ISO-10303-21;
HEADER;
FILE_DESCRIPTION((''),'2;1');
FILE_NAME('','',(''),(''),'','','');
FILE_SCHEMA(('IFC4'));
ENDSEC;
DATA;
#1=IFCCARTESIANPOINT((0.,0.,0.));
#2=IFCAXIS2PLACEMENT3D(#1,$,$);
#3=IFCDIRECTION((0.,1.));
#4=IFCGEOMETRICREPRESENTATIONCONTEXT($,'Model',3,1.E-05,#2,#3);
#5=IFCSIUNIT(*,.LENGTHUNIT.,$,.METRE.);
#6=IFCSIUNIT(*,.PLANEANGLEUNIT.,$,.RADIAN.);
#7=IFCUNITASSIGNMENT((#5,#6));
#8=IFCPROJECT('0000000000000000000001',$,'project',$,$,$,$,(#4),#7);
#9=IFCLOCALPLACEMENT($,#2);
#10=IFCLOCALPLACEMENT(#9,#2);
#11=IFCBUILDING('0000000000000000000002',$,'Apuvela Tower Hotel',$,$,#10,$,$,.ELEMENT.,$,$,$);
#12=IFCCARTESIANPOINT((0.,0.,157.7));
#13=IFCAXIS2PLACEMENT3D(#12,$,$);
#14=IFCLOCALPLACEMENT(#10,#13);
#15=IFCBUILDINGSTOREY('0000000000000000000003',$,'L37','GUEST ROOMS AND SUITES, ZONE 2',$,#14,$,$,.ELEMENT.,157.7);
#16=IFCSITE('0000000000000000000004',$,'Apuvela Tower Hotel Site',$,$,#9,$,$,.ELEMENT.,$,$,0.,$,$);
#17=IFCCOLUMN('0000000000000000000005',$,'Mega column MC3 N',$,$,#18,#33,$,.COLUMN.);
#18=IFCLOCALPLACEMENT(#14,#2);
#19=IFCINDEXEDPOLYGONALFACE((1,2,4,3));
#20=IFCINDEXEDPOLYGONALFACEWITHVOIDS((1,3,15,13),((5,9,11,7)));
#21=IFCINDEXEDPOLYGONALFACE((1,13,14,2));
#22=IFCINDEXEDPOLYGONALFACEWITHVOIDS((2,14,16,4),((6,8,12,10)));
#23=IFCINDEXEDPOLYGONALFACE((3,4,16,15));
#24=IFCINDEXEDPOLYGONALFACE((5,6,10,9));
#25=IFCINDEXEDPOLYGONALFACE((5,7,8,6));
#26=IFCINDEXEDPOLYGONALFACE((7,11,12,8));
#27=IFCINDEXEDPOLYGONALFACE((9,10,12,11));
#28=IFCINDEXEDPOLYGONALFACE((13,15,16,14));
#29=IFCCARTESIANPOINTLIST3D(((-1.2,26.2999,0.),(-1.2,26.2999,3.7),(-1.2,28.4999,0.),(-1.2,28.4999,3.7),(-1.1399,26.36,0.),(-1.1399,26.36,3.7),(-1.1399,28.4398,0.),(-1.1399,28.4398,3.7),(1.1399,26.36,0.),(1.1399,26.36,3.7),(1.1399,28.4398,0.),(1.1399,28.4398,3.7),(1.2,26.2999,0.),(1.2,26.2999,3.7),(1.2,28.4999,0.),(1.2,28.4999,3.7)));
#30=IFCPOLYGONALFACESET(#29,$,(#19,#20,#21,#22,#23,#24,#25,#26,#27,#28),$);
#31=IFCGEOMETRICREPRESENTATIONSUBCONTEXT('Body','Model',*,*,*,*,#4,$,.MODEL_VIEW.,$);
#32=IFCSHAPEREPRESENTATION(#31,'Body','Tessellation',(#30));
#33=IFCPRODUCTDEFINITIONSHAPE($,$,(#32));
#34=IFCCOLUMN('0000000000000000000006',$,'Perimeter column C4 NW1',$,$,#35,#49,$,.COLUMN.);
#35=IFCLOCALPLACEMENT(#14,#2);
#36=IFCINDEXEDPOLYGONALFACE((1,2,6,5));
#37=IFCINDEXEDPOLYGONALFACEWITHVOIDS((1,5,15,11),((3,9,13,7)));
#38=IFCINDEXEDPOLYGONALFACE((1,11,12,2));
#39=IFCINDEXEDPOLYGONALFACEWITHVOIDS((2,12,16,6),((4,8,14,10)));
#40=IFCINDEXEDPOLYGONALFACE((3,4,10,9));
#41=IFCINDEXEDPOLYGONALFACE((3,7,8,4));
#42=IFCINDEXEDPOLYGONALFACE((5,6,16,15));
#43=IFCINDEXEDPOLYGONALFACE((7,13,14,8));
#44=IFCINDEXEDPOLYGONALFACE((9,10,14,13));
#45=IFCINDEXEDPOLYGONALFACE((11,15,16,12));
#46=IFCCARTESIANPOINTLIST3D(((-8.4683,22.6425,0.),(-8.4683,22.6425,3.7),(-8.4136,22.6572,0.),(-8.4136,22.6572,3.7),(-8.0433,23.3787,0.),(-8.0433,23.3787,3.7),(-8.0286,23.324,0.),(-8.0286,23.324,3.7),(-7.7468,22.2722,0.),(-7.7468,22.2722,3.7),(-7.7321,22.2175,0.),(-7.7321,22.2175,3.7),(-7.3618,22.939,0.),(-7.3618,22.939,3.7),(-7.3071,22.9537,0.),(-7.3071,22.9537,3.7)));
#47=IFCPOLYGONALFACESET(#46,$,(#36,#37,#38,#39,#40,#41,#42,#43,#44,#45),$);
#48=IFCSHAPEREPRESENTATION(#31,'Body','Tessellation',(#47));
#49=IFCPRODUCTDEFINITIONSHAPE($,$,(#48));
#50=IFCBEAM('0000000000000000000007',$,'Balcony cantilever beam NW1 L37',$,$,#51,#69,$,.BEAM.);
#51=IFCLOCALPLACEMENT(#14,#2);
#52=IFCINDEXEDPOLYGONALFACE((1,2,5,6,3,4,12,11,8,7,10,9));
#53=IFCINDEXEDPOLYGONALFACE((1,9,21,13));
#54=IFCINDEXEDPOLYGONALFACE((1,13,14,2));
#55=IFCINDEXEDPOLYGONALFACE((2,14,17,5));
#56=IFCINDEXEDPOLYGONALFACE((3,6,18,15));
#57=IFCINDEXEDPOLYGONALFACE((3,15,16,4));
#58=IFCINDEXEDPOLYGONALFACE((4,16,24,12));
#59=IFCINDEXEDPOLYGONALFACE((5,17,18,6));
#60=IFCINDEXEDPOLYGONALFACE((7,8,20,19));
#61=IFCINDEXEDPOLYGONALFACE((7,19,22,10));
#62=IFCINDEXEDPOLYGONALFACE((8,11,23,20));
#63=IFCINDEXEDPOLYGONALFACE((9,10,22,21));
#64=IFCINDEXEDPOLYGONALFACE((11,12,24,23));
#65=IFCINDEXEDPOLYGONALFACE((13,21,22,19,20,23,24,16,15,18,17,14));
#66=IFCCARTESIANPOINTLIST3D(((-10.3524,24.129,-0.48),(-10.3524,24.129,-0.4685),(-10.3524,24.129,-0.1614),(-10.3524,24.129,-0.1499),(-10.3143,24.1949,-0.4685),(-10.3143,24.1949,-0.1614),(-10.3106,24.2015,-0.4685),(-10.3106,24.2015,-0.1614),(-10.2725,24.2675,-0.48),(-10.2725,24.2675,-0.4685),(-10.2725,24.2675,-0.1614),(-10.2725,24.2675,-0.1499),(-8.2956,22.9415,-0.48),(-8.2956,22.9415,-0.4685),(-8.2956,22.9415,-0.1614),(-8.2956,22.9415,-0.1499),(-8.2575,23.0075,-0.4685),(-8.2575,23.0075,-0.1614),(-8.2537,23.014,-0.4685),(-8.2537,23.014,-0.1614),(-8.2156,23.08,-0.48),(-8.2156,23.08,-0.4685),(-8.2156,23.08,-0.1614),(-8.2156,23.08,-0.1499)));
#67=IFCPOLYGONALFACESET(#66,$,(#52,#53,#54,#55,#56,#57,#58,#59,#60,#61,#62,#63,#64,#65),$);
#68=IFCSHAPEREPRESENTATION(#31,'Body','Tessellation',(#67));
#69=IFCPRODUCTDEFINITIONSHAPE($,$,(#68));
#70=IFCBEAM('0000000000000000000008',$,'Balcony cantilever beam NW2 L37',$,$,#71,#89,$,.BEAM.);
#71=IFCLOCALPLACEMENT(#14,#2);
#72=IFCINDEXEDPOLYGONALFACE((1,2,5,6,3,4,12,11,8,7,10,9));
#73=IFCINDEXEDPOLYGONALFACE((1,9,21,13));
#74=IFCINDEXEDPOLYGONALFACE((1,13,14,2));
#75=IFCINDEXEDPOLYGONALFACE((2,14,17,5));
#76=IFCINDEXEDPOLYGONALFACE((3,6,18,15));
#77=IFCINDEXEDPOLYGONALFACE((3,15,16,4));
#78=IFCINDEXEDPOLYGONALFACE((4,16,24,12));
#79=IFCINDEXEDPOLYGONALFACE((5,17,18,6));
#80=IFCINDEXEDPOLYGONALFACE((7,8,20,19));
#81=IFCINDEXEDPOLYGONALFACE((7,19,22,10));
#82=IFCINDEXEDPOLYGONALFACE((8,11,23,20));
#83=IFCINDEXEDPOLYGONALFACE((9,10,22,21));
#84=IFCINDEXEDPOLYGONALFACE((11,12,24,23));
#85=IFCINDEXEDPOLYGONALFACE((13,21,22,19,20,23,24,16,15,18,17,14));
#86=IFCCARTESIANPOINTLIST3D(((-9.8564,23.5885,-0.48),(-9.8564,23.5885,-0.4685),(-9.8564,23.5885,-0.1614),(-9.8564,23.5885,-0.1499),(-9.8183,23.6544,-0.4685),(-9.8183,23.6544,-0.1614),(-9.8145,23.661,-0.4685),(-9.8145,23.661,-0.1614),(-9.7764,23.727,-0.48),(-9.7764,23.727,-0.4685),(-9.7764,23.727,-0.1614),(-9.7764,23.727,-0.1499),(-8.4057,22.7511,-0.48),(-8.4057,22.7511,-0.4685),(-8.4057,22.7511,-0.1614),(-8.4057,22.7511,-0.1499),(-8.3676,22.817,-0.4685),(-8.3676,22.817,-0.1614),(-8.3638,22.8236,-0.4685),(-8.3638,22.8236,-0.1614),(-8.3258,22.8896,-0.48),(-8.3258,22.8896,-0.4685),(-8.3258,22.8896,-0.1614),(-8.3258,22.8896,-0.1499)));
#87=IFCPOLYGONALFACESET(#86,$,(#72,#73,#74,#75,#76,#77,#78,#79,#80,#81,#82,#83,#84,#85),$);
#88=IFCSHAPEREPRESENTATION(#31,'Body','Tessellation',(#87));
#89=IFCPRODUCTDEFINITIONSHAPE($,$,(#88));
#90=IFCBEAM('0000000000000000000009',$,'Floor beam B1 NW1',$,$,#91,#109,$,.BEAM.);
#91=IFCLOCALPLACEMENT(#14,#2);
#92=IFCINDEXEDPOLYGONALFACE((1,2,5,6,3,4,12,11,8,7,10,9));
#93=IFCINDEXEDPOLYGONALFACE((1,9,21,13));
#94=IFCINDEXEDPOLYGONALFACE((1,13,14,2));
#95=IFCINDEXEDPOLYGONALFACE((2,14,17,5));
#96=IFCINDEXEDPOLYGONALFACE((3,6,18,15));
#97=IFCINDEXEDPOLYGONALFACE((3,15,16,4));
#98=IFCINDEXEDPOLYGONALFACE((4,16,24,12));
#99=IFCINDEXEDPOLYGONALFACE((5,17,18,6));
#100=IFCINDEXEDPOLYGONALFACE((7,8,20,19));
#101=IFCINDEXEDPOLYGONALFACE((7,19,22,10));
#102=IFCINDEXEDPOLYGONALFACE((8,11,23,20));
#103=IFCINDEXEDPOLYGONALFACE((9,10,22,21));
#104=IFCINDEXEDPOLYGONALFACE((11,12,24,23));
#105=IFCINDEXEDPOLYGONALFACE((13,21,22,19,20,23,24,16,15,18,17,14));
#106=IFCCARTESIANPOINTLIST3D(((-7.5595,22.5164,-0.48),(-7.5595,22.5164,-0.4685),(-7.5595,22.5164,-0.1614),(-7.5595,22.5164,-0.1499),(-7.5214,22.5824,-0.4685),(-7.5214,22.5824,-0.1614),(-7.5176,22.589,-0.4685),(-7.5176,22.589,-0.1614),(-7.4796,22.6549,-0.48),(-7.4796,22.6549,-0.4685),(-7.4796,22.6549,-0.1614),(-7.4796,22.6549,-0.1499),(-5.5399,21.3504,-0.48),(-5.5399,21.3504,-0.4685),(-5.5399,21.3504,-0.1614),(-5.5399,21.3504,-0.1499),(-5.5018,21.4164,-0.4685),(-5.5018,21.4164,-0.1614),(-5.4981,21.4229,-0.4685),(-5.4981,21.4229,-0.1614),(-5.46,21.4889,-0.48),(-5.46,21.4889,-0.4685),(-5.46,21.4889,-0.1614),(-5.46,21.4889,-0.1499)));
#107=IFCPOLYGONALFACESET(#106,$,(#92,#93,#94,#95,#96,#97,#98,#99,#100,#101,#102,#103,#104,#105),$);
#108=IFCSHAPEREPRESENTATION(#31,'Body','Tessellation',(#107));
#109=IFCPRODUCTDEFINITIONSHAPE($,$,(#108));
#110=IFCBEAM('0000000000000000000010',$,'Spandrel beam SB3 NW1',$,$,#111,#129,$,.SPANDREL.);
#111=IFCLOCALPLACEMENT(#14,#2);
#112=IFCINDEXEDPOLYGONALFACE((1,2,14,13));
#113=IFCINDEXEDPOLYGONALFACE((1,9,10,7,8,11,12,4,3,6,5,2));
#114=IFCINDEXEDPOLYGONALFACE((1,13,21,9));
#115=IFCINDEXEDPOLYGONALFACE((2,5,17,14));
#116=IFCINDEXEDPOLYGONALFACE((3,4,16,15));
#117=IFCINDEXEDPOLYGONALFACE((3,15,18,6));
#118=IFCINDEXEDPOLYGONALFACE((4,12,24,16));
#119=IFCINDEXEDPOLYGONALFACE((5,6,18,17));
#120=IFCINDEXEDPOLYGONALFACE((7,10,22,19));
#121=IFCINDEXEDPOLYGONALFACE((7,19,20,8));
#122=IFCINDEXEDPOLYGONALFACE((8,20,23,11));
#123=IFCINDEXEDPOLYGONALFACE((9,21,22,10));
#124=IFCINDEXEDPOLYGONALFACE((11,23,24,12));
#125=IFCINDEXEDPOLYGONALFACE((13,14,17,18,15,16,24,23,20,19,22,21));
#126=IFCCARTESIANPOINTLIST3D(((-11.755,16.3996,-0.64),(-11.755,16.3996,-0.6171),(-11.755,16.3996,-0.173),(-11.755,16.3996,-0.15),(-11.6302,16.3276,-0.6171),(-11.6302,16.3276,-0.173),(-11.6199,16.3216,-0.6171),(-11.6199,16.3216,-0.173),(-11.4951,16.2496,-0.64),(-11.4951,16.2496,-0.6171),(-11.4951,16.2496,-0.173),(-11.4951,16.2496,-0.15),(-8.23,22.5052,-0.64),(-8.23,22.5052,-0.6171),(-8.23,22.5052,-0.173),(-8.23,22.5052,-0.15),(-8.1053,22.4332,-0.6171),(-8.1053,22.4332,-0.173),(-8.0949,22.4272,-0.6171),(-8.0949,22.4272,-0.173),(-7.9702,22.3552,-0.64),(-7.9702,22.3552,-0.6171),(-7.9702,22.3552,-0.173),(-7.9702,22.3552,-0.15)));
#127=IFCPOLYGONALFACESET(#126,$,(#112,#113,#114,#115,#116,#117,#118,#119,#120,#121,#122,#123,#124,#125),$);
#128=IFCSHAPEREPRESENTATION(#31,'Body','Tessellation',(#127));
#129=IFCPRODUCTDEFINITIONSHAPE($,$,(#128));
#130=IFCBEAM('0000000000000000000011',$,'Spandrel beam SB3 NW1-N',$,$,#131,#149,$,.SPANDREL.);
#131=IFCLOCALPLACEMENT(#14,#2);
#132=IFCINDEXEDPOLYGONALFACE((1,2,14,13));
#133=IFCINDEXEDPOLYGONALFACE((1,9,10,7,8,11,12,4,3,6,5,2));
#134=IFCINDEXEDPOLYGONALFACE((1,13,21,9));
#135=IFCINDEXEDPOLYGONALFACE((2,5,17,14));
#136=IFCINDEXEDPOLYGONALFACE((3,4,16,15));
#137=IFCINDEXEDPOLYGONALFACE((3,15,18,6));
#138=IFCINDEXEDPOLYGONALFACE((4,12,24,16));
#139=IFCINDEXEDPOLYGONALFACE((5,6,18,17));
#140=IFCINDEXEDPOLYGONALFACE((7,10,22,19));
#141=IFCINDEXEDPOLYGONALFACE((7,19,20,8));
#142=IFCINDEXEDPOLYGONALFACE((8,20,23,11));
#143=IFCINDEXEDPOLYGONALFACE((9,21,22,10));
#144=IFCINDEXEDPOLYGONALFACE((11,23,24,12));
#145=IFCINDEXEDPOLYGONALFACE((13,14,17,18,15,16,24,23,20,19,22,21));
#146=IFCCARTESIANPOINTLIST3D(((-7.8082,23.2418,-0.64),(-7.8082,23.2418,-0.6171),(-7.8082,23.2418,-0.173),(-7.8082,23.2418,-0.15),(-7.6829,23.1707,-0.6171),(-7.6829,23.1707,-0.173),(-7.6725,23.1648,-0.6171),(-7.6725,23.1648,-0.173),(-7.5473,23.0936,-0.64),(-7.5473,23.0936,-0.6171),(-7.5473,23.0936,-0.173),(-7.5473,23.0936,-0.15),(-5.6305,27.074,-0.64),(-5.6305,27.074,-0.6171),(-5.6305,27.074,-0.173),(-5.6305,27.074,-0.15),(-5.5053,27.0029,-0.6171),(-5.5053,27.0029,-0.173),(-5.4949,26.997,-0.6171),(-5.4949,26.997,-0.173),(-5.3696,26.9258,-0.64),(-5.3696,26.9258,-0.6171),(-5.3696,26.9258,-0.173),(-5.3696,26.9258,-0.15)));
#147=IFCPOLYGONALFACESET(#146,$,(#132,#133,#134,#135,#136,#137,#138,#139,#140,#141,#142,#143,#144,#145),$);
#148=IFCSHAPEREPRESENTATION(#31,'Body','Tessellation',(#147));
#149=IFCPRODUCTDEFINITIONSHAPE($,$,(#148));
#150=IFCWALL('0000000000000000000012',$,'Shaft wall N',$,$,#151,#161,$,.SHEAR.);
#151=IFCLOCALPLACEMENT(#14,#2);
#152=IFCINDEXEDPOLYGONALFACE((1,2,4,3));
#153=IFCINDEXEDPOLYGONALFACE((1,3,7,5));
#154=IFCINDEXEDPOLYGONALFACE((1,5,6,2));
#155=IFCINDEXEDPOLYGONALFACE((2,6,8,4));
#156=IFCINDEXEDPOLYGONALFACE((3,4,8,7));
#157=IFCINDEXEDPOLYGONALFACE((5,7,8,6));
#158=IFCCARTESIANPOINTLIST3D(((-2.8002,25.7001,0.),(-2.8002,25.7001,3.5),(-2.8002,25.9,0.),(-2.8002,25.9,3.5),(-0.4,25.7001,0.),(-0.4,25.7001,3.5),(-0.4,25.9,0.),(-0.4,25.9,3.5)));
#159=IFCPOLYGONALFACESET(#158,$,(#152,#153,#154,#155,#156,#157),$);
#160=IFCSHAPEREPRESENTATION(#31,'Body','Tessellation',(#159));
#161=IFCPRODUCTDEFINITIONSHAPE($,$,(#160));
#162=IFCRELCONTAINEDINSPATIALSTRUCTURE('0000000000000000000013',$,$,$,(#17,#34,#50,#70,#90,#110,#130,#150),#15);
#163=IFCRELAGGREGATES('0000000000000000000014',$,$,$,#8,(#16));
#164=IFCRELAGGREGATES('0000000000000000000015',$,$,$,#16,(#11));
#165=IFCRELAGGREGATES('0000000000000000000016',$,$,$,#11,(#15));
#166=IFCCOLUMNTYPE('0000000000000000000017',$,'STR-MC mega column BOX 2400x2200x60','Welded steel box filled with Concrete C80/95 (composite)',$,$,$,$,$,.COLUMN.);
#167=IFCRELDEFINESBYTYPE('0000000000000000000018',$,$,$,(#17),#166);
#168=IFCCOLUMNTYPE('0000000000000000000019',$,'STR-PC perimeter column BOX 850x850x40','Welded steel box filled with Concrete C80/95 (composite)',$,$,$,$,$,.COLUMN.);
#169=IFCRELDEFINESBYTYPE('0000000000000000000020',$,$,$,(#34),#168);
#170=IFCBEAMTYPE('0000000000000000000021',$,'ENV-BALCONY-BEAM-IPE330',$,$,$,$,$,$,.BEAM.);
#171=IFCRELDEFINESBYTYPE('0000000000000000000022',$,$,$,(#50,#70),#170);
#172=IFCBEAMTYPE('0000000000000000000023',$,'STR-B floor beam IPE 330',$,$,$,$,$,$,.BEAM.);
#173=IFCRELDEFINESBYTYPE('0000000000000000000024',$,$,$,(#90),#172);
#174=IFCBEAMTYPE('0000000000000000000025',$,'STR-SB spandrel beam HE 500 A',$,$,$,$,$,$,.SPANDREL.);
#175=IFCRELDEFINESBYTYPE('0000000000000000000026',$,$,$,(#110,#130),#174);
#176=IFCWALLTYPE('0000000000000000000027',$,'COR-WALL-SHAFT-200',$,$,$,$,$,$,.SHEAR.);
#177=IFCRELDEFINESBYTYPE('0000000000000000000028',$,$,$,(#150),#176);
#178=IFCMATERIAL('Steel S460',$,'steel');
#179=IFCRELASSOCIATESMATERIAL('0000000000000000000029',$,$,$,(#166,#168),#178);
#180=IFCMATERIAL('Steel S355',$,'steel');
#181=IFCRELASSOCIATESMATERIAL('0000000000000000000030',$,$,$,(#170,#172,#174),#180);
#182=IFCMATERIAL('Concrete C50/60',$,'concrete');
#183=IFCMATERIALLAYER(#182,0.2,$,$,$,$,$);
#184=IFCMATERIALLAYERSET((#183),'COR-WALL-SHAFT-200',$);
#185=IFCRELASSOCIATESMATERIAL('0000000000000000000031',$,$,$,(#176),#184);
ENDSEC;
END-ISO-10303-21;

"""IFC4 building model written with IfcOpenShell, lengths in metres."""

from ifc_helpers import new_model, si_unit, direction, frame, frame_2d, origin, origin_2d, place, context, subcontext, project, spatial, rectangle, hollow_rectangle, i_section, extrude, material, layer, layer_set, material_profile, profile_set, type_object, element, save


model = new_model("IFC4")

# Units and contexts
model_context = context("Model", 3, precision=1e-05, world=origin(), true_north=direction((0.0, 1.0)))
body_context = subcontext(model_context, "Body", "Model", "MODEL_VIEW")
ifc_project = project(units=[si_unit("LENGTHUNIT", "METRE"), si_unit("PLANEANGLEUNIT", "RADIAN")], contexts=[model_context])

# Site, building, storey
site_placement = place(None, origin())
site = spatial("IfcSite", under=ifc_project, at=site_placement, Name="Apuvela Tower Hotel Site", CompositionType="ELEMENT", RefElevation=0.0)
building_placement = place(site_placement, origin())
building = spatial("IfcBuilding", under=site, at=building_placement, Name="Apuvela Tower Hotel", CompositionType="ELEMENT")
storey_placement = place(building_placement, frame((0.0, 0.0, 157.7)))
storey = spatial("IfcBuildingStorey", under=building, at=storey_placement, Name="L37", Description="GUEST ROOMS AND SUITES, ZONE 2", CompositionType="ELEMENT", Elevation=157.7)

# Columns
ifc_material_1 = material(Name="Steel S460", Category="steel")
ifc_material_profile_1 = material_profile(ifc_material_1, hollow_rectangle(XDim=2.3999, YDim=2.2, WallThickness=0.0601, at=origin_2d()), Name="BOX 2400x2200x60")
ifc_material_2 = material(Name="Concrete C80/95", Category="concrete")
ifc_material_profile_2 = material_profile(ifc_material_2, rectangle(XDim=2.28, YDim=2.0801, at=origin_2d()), Name="Concrete C80/95 infill")
ifc_profile_set_1 = profile_set([ifc_material_profile_1, ifc_material_profile_2], Name="Steel S460")
column_type_1 = type_object("IfcColumnType", Name="STR-MC mega column BOX 2400x2200x60", Description="Welded steel box filled with Concrete C80/95 (composite)", PredefinedType="COLUMN", material=ifc_profile_set_1)
column_1_placement = place(storey_placement, frame((0.0, 27.3999, 0.0), z_axis=(0.0, 0.0, 1.0), x_axis=(1.0, 0.0, 0.0)))
element("IfcColumn", 1, at=column_1_placement, inside=storey, type_object=column_type_1, Name="Mega column MC3 N", PredefinedType="COLUMN", context=body_context, shape_type="SweptSolid", body=[
    extrude(hollow_rectangle(XDim=2.3999, YDim=2.2, WallThickness=0.0601, at=origin_2d()), origin(), (0.0, 0.0, 1.0), 3.7),
])
ifc_material_profile_3 = material_profile(ifc_material_1, hollow_rectangle(XDim=0.8501, YDim=0.8501, WallThickness=0.04, at=origin_2d()), Name="BOX 850x850x40")
ifc_material_profile_4 = material_profile(ifc_material_2, rectangle(XDim=0.77, YDim=0.77, at=origin_2d()), Name="Concrete C80/95 infill")
ifc_profile_set_2 = profile_set([ifc_material_profile_3, ifc_material_profile_4], Name="Steel S460")
column_type_2 = type_object("IfcColumnType", Name="STR-PC perimeter column BOX 850x850x40", Description="Welded steel box filled with Concrete C80/95 (composite)", PredefinedType="COLUMN", material=ifc_profile_set_2)
column_2_placement = place(storey_placement, frame((-7.8877, 22.7981, 0.0), z_axis=(0.0, 0.0, 1.0), x_axis=(0.5, 0.866025, 0.0)))
element("IfcColumn", 2, at=column_2_placement, inside=storey, type_object=column_type_2, Name="Perimeter column C4 NW1", PredefinedType="COLUMN", context=body_context, shape_type="SweptSolid", body=[
    extrude(hollow_rectangle(XDim=0.8501, YDim=0.8501, WallThickness=0.04, at=origin_2d()), origin(), (0.0, 0.0, 1.0), 3.7),
])

# Beams
ifc_material_3 = material(Name="Steel S355", Category="steel")
ifc_material_profile_5 = material_profile(ifc_material_3, i_section(OverallWidth=0.1599, OverallDepth=0.3301, WebThickness=0.0076, FlangeThickness=0.0115, at=origin_2d()), Name="IPE 330")
ifc_profile_set_3 = profile_set([ifc_material_profile_5], Name="Steel S355")
beam_type_1 = type_object("IfcBeamType", Name="ENV-BALCONY-BEAM-IPE330", PredefinedType="BEAM", material=ifc_profile_set_3)
beam_1_placement = place(storey_placement, frame((-8.2556, 23.0107, -0.3149), z_axis=(-0.866033, 0.499986, 0.0), x_axis=(-0.499986, -0.866033, 0.0)))
element("IfcBeam", 3, at=beam_1_placement, inside=storey, type_object=beam_type_1, Name="Balcony cantilever beam NW1 L37", PredefinedType="BEAM", context=body_context, shape_type="SweptSolid", body=[
    extrude(i_section(OverallWidth=0.1599, OverallDepth=0.3301, WebThickness=0.0076, FlangeThickness=0.0115, at=origin_2d()), origin(), (0.0, 0.0, 1.0), 2.375),
])
beam_2_placement = place(storey_placement, frame((-8.3657, 22.8203, -0.3149), z_axis=(-0.866064, 0.499933, 0.0), x_axis=(-0.499933, -0.866064, 0.0)))
element("IfcBeam", 4, at=beam_2_placement, inside=storey, type_object=beam_type_1, Name="Balcony cantilever beam NW2 L37", PredefinedType="BEAM", context=body_context, shape_type="SweptSolid", body=[
    extrude(i_section(OverallWidth=0.1599, OverallDepth=0.3301, WebThickness=0.0076, FlangeThickness=0.0115, at=origin_2d()), origin(), (0.0, 0.0, 1.0), 1.675),
])
ifc_material_profile_6 = material_profile(ifc_material_3, i_section(OverallWidth=0.1599, OverallDepth=0.3301, WebThickness=0.0076, FlangeThickness=0.0115, at=origin_2d()), Name="IPE 330")
ifc_profile_set_4 = profile_set([ifc_material_profile_6], Name="Steel S355")
beam_type_2 = type_object("IfcBeamType", Name="STR-B floor beam IPE 330", PredefinedType="BEAM", material=ifc_profile_set_4)
beam_3_placement = place(storey_placement, frame((-7.5195, 22.5857, -0.3149), z_axis=(0.866018, -0.500012, 0.0), x_axis=(0.500012, 0.866018, 0.0)))
element("IfcBeam", 5, at=beam_3_placement, inside=storey, type_object=beam_type_2, Name="Floor beam B1 NW1", PredefinedType="BEAM", context=body_context, shape_type="SweptSolid", body=[
    extrude(i_section(OverallWidth=0.1599, OverallDepth=0.3301, WebThickness=0.0076, FlangeThickness=0.0115, at=origin_2d()), origin(), (0.0, 0.0, 1.0), 2.332),
])
ifc_material_profile_7 = material_profile(ifc_material_3, i_section(OverallWidth=0.3, OverallDepth=0.49, WebThickness=0.012, FlangeThickness=0.0229, at=origin_2d()), Name="HE 500 A")
ifc_profile_set_5 = profile_set([ifc_material_profile_7], Name="Steel S355")
beam_type_3 = type_object("IfcBeamType", Name="STR-SB spandrel beam HE 500 A", PredefinedType="SPANDREL", material=ifc_profile_set_5)
beam_4_placement = place(storey_placement, frame((-8.1001, 22.4302, -0.395), z_axis=(-0.49999, -0.866031, 0.0), x_axis=(0.866031, -0.49999, 0.0)))
element("IfcBeam", 6, at=beam_4_placement, inside=storey, type_object=beam_type_3, Name="Spandrel beam SB3 NW1", PredefinedType="SPANDREL", context=body_context, shape_type="SweptSolid", body=[
    extrude(i_section(OverallWidth=0.3, OverallDepth=0.49, WebThickness=0.012, FlangeThickness=0.0229, at=origin_2d()), origin(), (0.0, 0.0, 1.0), 7.05),
])
beam_5_placement = place(storey_placement, frame((-7.6777, 23.1677, -0.395), z_axis=(0.494062, 0.869427, 0.0), x_axis=(-0.869427, 0.494062, 0.0)))
element("IfcBeam", 7, at=beam_5_placement, inside=storey, type_object=beam_type_3, Name="Spandrel beam SB3 NW1-N", PredefinedType="SPANDREL", context=body_context, shape_type="SweptSolid", body=[
    extrude(i_section(OverallWidth=0.3, OverallDepth=0.49, WebThickness=0.012, FlangeThickness=0.0229, at=origin_2d()), origin(), (0.0, 0.0, 1.0), 4.4077),
])

# Wall
ifc_material_4 = material(Name="Concrete C50/60", Category="concrete")
ifc_layer_1 = layer(ifc_material_4, 0.2)
ifc_layer_set_1 = layer_set([ifc_layer_1], Name="COR-WALL-SHAFT-200")
wall_type_1 = type_object("IfcWallType", Name="COR-WALL-SHAFT-200", PredefinedType="SHEAR", material=ifc_layer_set_1)
wall_1_placement = place(storey_placement, frame((-0.3999, 25.8, 0.0), z_axis=(0.0, 0.0, 1.0), x_axis=(-1.0, 0.0, 0.0)))
element("IfcWall", 8, at=wall_1_placement, inside=storey, type_object=wall_type_1, Name="Shaft wall N", PredefinedType="SHEAR", context=body_context, shape_type="SweptSolid", body=[
    extrude(rectangle(XDim=2.4001, YDim=0.2, at=frame_2d((1.2002, 0.0))), origin(), (0.0, 0.0, 1.0), 3.5),
])

save(model, "model.ifc")
